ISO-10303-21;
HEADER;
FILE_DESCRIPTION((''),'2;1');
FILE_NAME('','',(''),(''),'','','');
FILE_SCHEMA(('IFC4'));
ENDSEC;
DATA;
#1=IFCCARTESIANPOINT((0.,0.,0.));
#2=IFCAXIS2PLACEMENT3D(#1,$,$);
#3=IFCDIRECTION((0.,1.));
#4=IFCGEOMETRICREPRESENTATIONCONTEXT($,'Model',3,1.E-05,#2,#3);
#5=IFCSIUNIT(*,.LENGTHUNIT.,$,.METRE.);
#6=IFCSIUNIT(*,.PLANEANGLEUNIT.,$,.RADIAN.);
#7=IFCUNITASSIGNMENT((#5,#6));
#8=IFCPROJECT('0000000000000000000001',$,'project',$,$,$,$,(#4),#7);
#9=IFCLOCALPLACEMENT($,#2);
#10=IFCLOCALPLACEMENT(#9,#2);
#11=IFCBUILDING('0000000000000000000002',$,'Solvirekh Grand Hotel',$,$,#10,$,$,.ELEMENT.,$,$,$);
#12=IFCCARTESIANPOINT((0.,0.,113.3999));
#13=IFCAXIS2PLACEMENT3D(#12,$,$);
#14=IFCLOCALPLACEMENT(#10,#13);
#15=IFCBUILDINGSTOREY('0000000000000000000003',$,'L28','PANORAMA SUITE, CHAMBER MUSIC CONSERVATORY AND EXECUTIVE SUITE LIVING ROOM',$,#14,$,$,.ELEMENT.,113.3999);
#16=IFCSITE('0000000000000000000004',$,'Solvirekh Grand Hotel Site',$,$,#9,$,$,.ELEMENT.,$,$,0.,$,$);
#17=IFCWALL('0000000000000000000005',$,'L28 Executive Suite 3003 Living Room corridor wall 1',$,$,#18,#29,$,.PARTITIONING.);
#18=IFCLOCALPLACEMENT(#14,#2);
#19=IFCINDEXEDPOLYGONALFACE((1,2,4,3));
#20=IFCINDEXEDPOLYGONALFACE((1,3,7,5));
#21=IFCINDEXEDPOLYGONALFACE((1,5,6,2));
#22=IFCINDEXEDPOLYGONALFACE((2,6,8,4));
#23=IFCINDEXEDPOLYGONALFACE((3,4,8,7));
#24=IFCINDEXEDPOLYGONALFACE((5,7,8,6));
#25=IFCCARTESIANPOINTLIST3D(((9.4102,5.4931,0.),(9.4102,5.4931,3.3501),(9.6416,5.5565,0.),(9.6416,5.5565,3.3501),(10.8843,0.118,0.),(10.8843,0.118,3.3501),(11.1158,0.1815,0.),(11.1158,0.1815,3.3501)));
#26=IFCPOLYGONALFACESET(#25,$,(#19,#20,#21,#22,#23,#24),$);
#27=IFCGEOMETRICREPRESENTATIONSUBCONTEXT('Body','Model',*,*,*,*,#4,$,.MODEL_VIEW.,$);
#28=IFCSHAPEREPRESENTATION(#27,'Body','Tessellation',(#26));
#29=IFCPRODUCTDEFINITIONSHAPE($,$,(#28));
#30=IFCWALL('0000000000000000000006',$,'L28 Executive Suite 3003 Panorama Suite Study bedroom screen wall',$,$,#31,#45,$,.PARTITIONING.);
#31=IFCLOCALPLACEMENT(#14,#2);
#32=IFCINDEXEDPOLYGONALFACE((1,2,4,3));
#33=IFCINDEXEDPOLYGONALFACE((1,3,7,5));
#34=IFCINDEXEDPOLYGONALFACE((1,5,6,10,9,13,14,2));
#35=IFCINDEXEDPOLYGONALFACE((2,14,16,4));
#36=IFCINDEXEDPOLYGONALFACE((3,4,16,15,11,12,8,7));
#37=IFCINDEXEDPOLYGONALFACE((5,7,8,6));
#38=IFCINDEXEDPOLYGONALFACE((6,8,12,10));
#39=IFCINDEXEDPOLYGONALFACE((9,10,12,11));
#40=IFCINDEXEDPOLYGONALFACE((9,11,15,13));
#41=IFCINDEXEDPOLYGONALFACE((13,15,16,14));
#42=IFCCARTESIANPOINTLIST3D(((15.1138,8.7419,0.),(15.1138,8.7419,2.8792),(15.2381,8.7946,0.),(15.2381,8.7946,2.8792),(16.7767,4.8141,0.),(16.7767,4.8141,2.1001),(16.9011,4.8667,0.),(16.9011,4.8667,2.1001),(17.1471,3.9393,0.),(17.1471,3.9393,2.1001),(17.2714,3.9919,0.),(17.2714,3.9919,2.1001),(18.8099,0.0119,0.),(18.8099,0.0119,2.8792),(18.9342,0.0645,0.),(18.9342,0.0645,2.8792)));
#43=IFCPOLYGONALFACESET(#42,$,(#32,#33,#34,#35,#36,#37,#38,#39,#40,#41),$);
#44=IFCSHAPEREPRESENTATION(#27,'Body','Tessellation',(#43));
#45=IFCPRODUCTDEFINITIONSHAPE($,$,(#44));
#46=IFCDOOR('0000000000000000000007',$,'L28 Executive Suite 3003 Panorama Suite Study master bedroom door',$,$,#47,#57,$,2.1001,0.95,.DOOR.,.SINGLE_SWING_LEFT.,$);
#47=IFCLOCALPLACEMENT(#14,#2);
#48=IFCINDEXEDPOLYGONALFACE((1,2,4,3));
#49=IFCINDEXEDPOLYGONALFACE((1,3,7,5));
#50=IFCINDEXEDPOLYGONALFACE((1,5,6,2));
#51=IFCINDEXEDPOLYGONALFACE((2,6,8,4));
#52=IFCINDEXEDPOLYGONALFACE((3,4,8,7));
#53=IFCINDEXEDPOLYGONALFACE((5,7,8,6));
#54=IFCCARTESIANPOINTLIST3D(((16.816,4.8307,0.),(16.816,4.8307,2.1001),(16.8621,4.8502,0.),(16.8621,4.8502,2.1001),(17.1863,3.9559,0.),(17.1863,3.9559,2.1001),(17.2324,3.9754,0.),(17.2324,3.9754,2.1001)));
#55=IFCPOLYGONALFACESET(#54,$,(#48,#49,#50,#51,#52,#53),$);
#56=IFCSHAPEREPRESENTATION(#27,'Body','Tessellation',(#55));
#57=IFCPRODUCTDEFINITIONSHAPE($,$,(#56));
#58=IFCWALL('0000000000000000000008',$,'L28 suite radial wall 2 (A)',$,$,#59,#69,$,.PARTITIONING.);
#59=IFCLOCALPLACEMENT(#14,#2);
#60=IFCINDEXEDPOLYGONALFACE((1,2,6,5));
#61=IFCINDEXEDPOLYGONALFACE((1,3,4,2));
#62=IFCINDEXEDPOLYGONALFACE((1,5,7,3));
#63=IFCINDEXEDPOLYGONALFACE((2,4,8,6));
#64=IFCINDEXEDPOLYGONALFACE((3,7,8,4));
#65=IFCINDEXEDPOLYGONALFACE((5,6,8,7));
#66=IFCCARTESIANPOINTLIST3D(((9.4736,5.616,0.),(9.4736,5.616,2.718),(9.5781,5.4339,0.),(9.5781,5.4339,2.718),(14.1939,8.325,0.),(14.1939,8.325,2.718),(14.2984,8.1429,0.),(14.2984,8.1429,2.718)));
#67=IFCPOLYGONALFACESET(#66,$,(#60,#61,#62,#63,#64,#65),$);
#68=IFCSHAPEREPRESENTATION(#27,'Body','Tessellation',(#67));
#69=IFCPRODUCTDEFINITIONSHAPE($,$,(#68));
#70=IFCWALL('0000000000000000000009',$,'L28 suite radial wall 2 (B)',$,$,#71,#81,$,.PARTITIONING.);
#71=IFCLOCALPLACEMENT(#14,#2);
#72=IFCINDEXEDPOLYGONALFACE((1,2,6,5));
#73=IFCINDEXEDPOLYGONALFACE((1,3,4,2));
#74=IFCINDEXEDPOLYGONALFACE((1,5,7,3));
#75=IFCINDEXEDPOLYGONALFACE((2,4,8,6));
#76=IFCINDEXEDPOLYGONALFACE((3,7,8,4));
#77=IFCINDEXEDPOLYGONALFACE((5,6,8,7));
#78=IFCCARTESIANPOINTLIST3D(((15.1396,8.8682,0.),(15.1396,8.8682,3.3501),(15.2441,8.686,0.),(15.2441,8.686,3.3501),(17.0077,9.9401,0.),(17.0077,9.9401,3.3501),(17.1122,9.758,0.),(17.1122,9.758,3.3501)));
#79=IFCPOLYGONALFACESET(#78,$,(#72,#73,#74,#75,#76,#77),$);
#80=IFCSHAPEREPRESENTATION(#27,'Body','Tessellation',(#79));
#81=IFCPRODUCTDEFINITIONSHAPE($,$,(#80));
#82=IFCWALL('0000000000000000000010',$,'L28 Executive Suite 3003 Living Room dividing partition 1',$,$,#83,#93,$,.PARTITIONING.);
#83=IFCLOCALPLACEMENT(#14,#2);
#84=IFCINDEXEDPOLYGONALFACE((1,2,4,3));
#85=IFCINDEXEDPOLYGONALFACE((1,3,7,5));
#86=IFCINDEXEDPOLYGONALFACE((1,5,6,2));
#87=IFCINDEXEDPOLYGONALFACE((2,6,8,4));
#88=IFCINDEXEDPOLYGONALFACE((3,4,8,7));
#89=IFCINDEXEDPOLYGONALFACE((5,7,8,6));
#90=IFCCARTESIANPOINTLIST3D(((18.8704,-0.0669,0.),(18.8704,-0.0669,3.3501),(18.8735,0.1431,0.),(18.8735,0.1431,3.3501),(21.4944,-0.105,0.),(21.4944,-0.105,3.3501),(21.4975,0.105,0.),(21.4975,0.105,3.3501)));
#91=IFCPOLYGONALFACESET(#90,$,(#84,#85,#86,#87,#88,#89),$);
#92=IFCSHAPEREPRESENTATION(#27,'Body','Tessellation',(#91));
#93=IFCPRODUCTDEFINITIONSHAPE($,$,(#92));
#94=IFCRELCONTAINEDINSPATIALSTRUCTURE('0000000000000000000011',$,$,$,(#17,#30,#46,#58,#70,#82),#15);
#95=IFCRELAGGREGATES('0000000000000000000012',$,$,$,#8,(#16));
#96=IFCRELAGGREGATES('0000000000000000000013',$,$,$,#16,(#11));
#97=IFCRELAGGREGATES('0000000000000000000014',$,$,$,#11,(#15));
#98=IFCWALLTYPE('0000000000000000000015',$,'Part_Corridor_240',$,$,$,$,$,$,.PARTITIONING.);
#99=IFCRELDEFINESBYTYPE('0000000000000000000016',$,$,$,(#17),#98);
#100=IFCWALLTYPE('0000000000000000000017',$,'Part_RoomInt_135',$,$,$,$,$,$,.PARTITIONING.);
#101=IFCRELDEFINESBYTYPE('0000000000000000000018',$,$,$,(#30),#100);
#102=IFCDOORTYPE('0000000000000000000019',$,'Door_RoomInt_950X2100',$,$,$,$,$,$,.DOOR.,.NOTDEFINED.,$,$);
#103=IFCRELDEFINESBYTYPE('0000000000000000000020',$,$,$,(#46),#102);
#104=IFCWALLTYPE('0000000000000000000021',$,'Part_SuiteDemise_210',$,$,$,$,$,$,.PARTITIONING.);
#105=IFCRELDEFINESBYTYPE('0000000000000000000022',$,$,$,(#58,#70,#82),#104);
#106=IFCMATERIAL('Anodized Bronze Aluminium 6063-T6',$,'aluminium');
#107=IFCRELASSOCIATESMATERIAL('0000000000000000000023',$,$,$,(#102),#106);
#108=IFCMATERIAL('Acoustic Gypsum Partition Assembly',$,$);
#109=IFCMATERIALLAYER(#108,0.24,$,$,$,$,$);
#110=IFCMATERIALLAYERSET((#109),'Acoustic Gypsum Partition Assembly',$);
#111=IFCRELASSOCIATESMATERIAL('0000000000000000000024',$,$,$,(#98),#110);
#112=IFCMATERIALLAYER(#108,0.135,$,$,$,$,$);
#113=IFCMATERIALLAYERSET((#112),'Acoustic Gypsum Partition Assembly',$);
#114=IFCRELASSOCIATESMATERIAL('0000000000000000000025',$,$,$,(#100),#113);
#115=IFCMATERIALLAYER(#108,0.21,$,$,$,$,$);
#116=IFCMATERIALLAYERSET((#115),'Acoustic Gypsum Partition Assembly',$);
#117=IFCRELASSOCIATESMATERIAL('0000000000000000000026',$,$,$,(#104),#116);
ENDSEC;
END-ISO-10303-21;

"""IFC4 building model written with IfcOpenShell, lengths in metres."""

from ifc_helpers import new_model, si_unit, direction, frame, frame_2d, origin, place, context, subcontext, project, spatial, rectangle, extrude, material, layer, layer_set, type_object, element, fill, save


model = new_model("IFC4")

# Units and contexts
model_context = context("Model", 3, precision=1e-05, world=origin(), true_north=direction((0.0, 1.0)))
body_context = subcontext(model_context, "Body", "Model", "MODEL_VIEW")
ifc_project = project(units=[si_unit("LENGTHUNIT", "METRE"), si_unit("PLANEANGLEUNIT", "RADIAN")], contexts=[model_context])

# Site, building, storey
site_placement = place(None, origin())
site = spatial("IfcSite", under=ifc_project, at=site_placement, Name="Solvirekh Grand Hotel Site", CompositionType="ELEMENT", RefElevation=0.0)
building_placement = place(site_placement, origin())
building = spatial("IfcBuilding", under=site, at=building_placement, Name="Solvirekh Grand Hotel", CompositionType="ELEMENT")
storey_placement = place(building_placement, frame((0.0, 0.0, 113.3999)))
storey = spatial("IfcBuildingStorey", under=building, at=storey_placement, Name="L28", Description="PANORAMA SUITE, CHAMBER MUSIC CONSERVATORY AND EXECUTIVE SUITE LIVING ROOM", CompositionType="ELEMENT", Elevation=113.3999)

# Shared definitions
ifc_material_1 = material(Name="Anodized Bronze Aluminium 6063-T6", Category="aluminium")

# Shared definitions
ifc_material_2 = material(Name="Acoustic Gypsum Partition Assembly")
door_type_1 = type_object("IfcDoorType", Name="Door_RoomInt_950X2100", OperationType="NOTDEFINED", PredefinedType="DOOR", material=ifc_material_1)

# Shared definitions
ifc_layer_1 = layer(ifc_material_2, 0.24)
ifc_layer_set_1 = layer_set([ifc_layer_1], Name="Acoustic Gypsum Partition Assembly")
wall_type_1 = type_object("IfcWallType", Name="Part_Corridor_240", PredefinedType="PARTITIONING", material=ifc_layer_set_1)

# Wall
wall_1_placement = place(storey_placement, frame((11.0, 0.1499, 0.0), z_axis=(0.0, 0.0, 1.0), x_axis=(-0.264489, 0.964389, 0.0)))
element("IfcWall", 1, at=wall_1_placement, inside=storey, type_object=wall_type_1, Name="L28 Executive Suite 3003 Living Room corridor wall 1", PredefinedType="PARTITIONING", context=body_context, shape_type="SweptSolid", body=[
    extrude(rectangle(XDim=5.5735, YDim=0.24, at=frame_2d((2.7866, 0.0))), origin(), (0.0, 0.0, 1.0), 3.3501),
])

# Wall, opening, door
ifc_layer_2 = layer(ifc_material_2, 0.135)
ifc_layer_set_2 = layer_set([ifc_layer_2], Name="Acoustic Gypsum Partition Assembly")
wall_type_2 = type_object("IfcWallType", Name="Part_RoomInt_135", PredefinedType="PARTITIONING", material=ifc_layer_set_2)
wall_2_placement = place(storey_placement, frame((18.8721, 0.0381, 0.0), z_axis=(0.0, 0.0, 1.0), x_axis=(-0.389872, 0.920869, 0.0)))
wall_2 = element("IfcWall", 2, at=wall_2_placement, inside=storey, type_object=wall_type_2, Name="L28 Executive Suite 3003 Panorama Suite Study bedroom screen wall", PredefinedType="PARTITIONING", context=body_context, shape_type="SweptSolid", body=[
    extrude(rectangle(XDim=9.4802, YDim=0.135, at=frame_2d((4.7402, 0.0))), origin(), (0.0, 0.0, 1.0), 2.8792),
])
opening_1_placement = place(wall_2_placement, frame((4.2649, 0.0, 0.0)))
opening_1 = element("IfcOpeningElement", 3, at=opening_1_placement, cuts=wall_2, PredefinedType="OPENING", context=body_context, shape_type="SweptSolid", body=[
    extrude(rectangle(XDim=0.95, YDim=2.1001, at=frame_2d((0.4751, 1.05))), frame((0.0, 0.0776, 0.0), z_axis=(0.0, -1.0, 0.0), x_axis=(1.0, 0.0, 0.0)), (0.0, 0.0, 1.0), 0.155),
])
door_1_placement = place(opening_1_placement, origin())
door_1 = element("IfcDoor", 4, at=door_1_placement, inside=storey, type_object=door_type_1, Name="L28 Executive Suite 3003 Panorama Suite Study master bedroom door", OperationType="SINGLE_SWING_LEFT", OverallHeight=2.1001, OverallWidth=0.95, PredefinedType="DOOR", context=body_context, shape_type="SweptSolid", body=[
    extrude(rectangle(XDim=0.95, YDim=2.1001, at=frame_2d((0.4751, 1.05))), frame((0.0, 0.0249, 0.0), z_axis=(0.0, -1.0, 0.0), x_axis=(1.0, 0.0, 0.0)), (0.0, 0.0, 1.0), 0.05),
])
fill(opening_1, door_1)

# Walls
ifc_layer_3 = layer(ifc_material_2, 0.21)
ifc_layer_set_3 = layer_set([ifc_layer_3], Name="Acoustic Gypsum Partition Assembly")
wall_type_3 = type_object("IfcWallType", Name="Part_SuiteDemise_210", PredefinedType="PARTITIONING", material=ifc_layer_set_3)
wall_3_placement = place(storey_placement, frame((9.5259, 5.5249, 0.0), z_axis=(0.0, 0.0, 1.0), x_axis=(0.867314, 0.497761, 0.0)))
element("IfcWall", 5, at=wall_3_placement, inside=storey, type_object=wall_type_3, Name="L28 suite radial wall 2 (A)", PredefinedType="PARTITIONING", context=body_context, shape_type="SweptSolid", body=[
    extrude(rectangle(XDim=5.4424, YDim=0.21, at=frame_2d((2.7212, 0.0))), origin(), (0.0, 0.0, 1.0), 2.718),
])
wall_4_placement = place(storey_placement, frame((15.1919, 8.7771, 0.0), z_axis=(0.0, 0.0, 1.0), x_axis=(0.867342, 0.497713, 0.0)))
element("IfcWall", 6, at=wall_4_placement, inside=storey, type_object=wall_type_3, Name="L28 suite radial wall 2 (B)", PredefinedType="PARTITIONING", context=body_context, shape_type="SweptSolid", body=[
    extrude(rectangle(XDim=2.1538, YDim=0.21, at=frame_2d((1.0769, 0.0))), origin(), (0.0, 0.0, 1.0), 3.3501),
])
wall_5_placement = place(storey_placement, frame((18.8721, 0.0381, 0.0), z_axis=(0.0, 0.0, 1.0), x_axis=(0.999895, -0.014513, 0.0)))
element("IfcWall", 7, at=wall_5_placement, inside=storey, type_object=wall_type_3, Name="L28 Executive Suite 3003 Living Room dividing partition 1", PredefinedType="PARTITIONING", context=body_context, shape_type="SweptSolid", body=[
    extrude(rectangle(XDim=2.6243, YDim=0.21, at=frame_2d((1.312, 0.0))), origin(), (0.0, 0.0, 1.0), 3.3501),
])

save(model, "model.ifc")
